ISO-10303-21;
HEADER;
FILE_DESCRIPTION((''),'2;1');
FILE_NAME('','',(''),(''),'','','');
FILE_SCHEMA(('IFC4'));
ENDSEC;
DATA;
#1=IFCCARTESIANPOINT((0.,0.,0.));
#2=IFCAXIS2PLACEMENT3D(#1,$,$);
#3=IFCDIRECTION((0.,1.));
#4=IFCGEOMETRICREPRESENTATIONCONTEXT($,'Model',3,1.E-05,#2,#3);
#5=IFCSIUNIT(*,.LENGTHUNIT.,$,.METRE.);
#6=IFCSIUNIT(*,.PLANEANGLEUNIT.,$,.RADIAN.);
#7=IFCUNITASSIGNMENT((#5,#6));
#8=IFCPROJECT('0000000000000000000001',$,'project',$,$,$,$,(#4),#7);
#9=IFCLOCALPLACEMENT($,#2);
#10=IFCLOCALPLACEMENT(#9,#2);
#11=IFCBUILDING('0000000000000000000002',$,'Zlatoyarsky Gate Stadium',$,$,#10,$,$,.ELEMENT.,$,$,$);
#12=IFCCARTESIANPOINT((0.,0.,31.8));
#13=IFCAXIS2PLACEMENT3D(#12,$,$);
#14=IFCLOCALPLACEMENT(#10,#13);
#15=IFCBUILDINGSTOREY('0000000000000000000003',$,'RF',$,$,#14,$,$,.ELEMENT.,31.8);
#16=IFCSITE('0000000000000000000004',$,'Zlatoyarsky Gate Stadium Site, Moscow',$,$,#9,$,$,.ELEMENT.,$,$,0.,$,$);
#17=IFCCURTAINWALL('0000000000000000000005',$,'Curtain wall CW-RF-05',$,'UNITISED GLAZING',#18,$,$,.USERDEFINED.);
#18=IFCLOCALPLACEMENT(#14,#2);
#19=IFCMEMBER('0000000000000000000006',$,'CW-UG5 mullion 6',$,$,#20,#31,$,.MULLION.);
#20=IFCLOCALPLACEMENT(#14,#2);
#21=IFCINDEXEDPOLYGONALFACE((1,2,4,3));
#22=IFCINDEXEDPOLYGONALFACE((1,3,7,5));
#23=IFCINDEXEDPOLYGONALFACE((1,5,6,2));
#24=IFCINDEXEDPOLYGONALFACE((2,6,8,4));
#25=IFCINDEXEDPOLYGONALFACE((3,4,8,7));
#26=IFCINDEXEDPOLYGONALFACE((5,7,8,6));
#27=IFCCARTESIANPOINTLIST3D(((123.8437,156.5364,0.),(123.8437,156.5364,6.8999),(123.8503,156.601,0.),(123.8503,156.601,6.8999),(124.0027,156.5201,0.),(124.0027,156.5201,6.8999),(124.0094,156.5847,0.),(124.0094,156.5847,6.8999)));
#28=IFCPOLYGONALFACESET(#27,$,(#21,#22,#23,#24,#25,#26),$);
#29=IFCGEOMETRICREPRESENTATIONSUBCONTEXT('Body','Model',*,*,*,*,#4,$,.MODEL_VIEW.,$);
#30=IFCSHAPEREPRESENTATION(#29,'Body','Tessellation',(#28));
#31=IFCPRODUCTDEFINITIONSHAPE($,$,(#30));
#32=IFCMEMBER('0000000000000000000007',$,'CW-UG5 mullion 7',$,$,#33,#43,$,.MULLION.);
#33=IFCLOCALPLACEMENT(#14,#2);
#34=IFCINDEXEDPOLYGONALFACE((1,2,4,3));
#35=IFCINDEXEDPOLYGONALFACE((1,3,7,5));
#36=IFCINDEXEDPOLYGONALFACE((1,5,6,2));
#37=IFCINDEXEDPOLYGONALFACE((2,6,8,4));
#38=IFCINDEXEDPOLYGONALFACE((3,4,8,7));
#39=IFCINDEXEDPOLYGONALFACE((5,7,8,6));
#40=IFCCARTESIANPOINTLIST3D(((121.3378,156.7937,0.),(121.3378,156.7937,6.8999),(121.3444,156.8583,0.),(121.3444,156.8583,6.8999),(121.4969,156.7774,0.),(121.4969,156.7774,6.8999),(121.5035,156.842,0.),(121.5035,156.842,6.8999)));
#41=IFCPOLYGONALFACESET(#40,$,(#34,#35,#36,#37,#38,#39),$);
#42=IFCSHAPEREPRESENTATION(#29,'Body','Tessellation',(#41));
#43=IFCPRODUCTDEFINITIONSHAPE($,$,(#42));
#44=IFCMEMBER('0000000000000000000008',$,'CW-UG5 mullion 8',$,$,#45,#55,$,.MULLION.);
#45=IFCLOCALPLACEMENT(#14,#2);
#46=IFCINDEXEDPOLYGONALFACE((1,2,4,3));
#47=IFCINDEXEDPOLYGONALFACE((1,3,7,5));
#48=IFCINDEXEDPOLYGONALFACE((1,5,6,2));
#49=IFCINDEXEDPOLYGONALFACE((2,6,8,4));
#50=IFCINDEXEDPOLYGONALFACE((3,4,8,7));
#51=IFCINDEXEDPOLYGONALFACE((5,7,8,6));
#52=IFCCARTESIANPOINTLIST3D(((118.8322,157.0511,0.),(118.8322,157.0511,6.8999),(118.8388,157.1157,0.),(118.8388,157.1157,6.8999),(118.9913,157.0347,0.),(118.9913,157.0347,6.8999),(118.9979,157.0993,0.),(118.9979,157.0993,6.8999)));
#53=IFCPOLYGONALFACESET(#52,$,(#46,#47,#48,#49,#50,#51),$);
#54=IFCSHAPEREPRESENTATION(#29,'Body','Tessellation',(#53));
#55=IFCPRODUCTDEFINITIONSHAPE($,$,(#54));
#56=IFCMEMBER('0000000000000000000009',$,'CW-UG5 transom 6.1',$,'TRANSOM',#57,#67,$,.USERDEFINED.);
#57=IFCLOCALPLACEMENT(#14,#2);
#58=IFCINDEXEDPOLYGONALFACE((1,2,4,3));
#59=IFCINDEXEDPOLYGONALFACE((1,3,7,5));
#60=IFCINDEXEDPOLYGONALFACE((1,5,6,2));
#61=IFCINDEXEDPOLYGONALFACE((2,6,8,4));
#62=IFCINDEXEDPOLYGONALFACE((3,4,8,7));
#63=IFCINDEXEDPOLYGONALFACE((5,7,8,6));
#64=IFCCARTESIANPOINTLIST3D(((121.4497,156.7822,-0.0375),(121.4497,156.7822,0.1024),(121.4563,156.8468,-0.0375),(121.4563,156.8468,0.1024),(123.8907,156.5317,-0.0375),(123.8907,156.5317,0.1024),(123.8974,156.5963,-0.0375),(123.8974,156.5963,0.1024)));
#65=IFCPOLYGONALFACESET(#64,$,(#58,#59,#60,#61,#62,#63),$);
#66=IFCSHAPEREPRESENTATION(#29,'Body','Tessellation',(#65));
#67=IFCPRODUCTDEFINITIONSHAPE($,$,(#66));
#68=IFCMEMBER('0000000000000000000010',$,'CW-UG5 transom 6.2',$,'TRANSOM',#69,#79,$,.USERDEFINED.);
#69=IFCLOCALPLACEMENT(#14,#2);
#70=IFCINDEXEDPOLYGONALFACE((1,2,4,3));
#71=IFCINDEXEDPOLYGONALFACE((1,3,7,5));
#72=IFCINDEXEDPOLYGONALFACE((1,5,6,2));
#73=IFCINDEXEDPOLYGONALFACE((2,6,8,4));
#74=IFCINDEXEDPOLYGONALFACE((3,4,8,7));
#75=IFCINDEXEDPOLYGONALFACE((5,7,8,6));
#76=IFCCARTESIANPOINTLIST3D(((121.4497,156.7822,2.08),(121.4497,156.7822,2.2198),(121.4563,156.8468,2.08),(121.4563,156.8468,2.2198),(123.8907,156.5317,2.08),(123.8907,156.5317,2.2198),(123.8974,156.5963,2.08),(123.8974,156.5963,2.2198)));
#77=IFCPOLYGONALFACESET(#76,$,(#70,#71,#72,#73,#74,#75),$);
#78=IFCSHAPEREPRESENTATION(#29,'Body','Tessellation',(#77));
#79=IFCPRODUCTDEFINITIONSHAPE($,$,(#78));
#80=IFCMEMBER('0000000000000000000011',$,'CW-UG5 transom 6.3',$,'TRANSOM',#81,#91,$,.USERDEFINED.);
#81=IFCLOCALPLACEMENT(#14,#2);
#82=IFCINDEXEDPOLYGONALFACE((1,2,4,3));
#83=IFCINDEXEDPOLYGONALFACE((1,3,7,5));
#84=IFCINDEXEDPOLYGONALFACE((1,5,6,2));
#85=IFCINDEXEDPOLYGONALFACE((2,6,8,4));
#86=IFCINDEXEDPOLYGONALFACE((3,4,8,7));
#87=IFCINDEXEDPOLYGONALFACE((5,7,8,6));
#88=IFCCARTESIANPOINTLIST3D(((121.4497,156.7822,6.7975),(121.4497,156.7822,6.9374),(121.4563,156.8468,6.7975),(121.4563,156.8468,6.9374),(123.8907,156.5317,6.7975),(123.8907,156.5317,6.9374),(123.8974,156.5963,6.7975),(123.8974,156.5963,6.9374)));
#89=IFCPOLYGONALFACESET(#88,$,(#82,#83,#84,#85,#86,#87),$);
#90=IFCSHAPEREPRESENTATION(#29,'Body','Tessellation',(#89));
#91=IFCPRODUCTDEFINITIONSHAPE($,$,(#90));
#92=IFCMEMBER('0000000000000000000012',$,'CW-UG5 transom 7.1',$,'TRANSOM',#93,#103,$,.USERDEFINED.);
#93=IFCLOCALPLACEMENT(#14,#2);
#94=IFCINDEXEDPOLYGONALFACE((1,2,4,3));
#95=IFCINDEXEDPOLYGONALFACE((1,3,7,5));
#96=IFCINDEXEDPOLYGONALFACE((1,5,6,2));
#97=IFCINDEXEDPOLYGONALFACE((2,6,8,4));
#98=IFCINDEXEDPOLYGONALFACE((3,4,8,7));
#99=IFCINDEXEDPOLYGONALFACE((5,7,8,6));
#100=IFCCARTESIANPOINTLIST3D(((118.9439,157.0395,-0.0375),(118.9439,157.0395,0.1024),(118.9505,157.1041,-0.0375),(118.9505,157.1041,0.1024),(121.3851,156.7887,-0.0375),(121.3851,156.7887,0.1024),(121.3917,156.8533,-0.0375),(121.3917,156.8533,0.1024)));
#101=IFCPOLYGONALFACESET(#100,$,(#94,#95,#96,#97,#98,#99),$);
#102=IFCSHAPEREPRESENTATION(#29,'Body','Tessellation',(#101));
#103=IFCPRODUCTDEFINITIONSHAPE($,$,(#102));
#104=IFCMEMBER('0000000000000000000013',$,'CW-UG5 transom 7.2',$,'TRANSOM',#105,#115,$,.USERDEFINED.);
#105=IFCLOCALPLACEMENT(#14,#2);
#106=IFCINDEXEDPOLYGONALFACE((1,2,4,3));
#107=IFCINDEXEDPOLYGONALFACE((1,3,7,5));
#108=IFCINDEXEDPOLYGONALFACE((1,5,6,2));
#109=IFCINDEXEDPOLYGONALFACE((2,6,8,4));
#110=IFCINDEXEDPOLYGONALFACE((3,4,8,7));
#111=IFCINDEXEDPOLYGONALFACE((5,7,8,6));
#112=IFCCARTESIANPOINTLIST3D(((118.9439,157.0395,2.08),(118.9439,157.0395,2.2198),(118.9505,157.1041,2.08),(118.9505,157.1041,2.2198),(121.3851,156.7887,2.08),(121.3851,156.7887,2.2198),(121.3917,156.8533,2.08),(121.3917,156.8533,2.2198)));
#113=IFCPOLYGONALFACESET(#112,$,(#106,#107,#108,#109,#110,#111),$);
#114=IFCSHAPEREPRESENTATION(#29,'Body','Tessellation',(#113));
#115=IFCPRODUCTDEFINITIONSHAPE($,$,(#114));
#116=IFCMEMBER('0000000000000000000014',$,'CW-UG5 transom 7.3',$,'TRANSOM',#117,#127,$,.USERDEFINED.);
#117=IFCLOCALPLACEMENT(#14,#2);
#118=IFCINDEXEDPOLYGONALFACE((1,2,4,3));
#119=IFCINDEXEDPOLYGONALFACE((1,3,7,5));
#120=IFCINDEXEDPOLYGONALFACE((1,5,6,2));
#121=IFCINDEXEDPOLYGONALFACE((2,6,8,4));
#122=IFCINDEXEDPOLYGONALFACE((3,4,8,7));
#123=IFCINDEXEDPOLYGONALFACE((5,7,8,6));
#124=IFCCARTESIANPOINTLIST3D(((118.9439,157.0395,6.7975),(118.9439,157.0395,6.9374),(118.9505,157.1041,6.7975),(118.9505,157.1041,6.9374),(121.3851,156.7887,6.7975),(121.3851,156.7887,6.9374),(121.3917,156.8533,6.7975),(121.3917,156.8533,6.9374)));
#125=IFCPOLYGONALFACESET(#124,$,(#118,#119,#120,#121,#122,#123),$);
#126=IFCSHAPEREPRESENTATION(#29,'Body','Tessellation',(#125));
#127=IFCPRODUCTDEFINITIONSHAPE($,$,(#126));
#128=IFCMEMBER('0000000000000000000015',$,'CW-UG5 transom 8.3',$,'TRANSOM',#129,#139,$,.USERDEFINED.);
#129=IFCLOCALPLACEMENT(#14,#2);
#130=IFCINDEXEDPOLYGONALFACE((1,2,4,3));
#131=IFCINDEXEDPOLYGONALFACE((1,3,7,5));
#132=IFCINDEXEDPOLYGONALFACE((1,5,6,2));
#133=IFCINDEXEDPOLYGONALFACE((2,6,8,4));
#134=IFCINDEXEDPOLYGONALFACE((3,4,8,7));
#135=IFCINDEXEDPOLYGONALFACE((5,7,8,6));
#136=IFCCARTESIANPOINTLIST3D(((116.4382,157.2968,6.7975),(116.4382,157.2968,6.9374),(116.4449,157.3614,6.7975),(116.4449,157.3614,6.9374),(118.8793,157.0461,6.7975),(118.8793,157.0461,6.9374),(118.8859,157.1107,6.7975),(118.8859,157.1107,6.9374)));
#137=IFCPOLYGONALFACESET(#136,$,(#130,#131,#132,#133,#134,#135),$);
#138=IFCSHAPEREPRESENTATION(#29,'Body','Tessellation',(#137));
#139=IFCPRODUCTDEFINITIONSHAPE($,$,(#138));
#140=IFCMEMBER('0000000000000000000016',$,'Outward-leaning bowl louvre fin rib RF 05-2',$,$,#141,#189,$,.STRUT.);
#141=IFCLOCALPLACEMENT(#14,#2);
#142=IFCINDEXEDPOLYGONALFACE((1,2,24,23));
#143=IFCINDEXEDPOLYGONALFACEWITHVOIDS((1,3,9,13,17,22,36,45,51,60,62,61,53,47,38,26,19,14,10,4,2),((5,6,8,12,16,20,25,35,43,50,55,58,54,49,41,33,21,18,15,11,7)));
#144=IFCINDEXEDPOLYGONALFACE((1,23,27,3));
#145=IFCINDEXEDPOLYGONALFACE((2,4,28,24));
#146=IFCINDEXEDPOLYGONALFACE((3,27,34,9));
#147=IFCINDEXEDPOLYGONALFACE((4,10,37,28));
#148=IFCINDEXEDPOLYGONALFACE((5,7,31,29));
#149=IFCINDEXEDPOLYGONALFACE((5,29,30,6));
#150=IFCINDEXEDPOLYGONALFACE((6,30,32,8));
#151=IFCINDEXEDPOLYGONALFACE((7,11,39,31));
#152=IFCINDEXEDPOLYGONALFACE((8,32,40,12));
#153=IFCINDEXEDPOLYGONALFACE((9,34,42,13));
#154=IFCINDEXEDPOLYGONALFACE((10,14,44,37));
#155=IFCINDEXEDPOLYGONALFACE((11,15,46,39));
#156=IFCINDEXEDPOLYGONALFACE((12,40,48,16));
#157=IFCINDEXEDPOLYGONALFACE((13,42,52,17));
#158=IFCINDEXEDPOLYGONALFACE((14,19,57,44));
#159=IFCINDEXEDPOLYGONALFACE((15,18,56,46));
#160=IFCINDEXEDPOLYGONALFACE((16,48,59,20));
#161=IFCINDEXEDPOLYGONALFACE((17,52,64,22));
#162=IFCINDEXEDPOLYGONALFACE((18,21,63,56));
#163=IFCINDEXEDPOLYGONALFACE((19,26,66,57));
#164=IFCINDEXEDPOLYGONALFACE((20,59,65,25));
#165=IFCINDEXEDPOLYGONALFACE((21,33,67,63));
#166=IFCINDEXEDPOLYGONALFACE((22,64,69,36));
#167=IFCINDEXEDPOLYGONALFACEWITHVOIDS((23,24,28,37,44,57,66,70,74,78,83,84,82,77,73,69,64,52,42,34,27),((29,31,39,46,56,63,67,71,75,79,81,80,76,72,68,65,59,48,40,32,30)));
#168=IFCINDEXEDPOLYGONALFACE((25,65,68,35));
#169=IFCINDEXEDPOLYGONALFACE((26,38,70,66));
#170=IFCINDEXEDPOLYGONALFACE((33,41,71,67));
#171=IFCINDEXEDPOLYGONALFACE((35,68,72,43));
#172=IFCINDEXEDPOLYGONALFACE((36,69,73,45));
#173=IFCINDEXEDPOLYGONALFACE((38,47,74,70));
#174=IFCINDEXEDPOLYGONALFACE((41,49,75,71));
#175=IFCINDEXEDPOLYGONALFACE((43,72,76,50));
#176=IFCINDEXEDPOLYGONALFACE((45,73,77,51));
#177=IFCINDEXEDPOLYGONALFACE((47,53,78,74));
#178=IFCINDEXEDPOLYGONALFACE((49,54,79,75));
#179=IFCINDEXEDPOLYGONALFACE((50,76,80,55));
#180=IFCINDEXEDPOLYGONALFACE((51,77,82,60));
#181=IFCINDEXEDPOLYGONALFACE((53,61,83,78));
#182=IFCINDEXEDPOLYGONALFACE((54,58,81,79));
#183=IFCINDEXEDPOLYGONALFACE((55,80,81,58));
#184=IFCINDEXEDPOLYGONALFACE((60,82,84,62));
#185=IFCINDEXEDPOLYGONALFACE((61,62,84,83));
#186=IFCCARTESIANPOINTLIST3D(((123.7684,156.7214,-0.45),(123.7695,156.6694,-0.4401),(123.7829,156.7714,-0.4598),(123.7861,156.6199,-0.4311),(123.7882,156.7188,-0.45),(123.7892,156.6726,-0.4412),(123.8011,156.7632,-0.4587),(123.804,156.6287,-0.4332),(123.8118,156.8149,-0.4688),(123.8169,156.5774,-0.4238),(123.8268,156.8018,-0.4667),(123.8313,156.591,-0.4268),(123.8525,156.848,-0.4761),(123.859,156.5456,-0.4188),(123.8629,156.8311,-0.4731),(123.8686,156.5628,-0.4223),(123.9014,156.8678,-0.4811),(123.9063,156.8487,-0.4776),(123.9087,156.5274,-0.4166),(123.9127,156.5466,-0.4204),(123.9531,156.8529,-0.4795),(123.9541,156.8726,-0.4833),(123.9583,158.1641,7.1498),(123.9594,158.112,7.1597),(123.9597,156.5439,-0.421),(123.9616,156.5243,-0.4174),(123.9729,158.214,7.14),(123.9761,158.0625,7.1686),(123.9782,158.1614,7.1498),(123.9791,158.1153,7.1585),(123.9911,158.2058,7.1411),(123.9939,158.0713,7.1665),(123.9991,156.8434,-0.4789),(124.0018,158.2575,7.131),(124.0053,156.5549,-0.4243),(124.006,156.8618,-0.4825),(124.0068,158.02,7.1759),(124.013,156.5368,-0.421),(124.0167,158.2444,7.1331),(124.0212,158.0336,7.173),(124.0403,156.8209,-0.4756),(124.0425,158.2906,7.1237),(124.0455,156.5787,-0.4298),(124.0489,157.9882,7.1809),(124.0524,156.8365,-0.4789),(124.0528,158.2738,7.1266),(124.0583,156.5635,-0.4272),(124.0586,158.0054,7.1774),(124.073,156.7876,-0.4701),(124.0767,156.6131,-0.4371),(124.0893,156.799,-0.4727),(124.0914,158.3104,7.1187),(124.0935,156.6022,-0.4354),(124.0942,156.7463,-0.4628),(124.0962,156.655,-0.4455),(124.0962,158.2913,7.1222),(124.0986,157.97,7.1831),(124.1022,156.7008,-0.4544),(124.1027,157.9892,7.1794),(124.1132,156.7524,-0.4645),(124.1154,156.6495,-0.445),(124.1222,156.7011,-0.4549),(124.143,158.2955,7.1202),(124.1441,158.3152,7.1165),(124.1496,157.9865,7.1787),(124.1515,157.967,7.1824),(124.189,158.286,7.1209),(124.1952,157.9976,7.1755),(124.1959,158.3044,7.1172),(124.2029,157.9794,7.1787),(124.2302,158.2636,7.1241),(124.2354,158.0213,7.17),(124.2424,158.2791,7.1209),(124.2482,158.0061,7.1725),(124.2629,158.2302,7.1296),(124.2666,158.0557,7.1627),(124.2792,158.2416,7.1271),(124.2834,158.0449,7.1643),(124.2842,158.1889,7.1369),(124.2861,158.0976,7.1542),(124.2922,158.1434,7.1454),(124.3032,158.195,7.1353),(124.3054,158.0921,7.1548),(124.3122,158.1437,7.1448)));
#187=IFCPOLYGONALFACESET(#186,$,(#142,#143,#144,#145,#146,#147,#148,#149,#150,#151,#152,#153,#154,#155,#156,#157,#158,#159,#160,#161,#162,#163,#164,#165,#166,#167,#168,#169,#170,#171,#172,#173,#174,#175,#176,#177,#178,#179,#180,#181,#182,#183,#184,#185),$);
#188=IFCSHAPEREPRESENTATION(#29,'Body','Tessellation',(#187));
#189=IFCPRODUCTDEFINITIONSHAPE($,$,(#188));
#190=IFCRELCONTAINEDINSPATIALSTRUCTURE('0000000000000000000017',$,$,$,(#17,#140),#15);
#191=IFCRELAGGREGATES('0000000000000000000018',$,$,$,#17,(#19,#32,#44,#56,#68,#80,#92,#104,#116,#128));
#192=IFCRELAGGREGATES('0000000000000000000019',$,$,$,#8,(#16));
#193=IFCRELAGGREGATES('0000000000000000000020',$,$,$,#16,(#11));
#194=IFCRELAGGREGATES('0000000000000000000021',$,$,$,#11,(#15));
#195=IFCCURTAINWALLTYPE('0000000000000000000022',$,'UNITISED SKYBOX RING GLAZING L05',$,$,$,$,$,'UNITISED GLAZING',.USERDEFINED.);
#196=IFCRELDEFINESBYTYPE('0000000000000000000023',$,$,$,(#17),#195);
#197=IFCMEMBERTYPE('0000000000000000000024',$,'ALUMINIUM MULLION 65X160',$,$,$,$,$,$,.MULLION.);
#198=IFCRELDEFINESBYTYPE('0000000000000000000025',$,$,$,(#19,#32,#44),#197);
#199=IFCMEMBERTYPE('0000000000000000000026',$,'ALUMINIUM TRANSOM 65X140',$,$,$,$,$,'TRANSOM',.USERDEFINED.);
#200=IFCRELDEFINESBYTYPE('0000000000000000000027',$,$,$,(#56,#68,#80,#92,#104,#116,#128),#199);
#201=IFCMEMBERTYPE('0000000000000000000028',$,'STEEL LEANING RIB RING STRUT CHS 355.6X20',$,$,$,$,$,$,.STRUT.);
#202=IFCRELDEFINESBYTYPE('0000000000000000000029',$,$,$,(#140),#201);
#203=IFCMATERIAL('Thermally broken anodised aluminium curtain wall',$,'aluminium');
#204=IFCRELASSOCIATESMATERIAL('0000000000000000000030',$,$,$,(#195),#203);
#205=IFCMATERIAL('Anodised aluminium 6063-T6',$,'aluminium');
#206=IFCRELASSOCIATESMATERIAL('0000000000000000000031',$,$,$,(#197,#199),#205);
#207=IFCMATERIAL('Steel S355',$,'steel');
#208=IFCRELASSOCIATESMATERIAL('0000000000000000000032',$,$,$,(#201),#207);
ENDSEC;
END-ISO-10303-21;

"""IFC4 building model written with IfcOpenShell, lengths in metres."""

from ifc_helpers import new_model, si_unit, direction, frame, origin, origin_2d, place, context, subcontext, project, spatial, rectangle, hollow_circle, extrude, material, material_profile, profile_set, type_object, element, aggregate, save


model = new_model("IFC4")

# Units and contexts
model_context = context("Model", 3, precision=1e-05, world=origin(), true_north=direction((0.0, 1.0)))
body_context = subcontext(model_context, "Body", "Model", "MODEL_VIEW")
ifc_project = project(units=[si_unit("LENGTHUNIT", "METRE"), si_unit("PLANEANGLEUNIT", "RADIAN")], contexts=[model_context])

# Site, building, storey
site_placement = place(None, origin())
site = spatial("IfcSite", under=ifc_project, at=site_placement, Name="Zlatoyarsky Gate Stadium Site, Moscow", CompositionType="ELEMENT", RefElevation=0.0)
building_placement = place(site_placement, origin())
building = spatial("IfcBuilding", under=site, at=building_placement, Name="Zlatoyarsky Gate Stadium", CompositionType="ELEMENT")
storey_placement = place(building_placement, frame((0.0, 0.0, 31.8)))
storey = spatial("IfcBuildingStorey", under=building, at=storey_placement, Name="RF", CompositionType="ELEMENT", Elevation=31.8)

# Curtain wall, members
ifc_material_1 = material(Name="Thermally broken anodised aluminium curtain wall", Category="aluminium")
curtain_wall_type = type_object("IfcCurtainWallType", Name="UNITISED SKYBOX RING GLAZING L05", ElementType="UNITISED GLAZING", PredefinedType="USERDEFINED", material=ifc_material_1)
curtain_wall_placement = place(storey_placement, origin())
curtain_wall = element("IfcCurtainWall", 1, at=curtain_wall_placement, inside=storey, type_object=curtain_wall_type, Name="Curtain wall CW-RF-05", ObjectType="UNITISED GLAZING", PredefinedType="USERDEFINED")
ifc_material_2 = material(Name="Anodised aluminium 6063-T6", Category="aluminium")
ifc_material_profile_1 = material_profile(ifc_material_2, rectangle(XDim=0.0649, YDim=0.1599, at=origin_2d()), Name="ALU 65X160")
ifc_profile_set_1 = profile_set([ifc_material_profile_1], Name="Anodised aluminium 6063-T6")
member_type_1 = type_object("IfcMemberType", Name="ALUMINIUM MULLION 65X160", PredefinedType="MULLION", material=ifc_profile_set_1)
member_1_placement = place(storey_placement, frame((123.9265, 156.5605, 0.0), z_axis=(0.0, 0.0, 1.0), x_axis=(-0.102125, -0.994772, 0.0)))
member_1 = element("IfcMember", 2, at=member_1_placement, type_object=member_type_1, Name="CW-UG5 mullion 6", PredefinedType="MULLION", context=body_context, shape_type="SweptSolid", body=[
    extrude(rectangle(XDim=0.0649, YDim=0.1599, at=origin_2d()), origin(), (0.0, 0.0, 1.0), 6.8999),
])
member_2_placement = place(storey_placement, frame((121.4207, 156.8179, 0.0), z_axis=(0.0, 0.0, 1.0), x_axis=(-0.102125, -0.994772, 0.0)))
member_2 = element("IfcMember", 3, at=member_2_placement, type_object=member_type_1, Name="CW-UG5 mullion 7", PredefinedType="MULLION", context=body_context, shape_type="SweptSolid", body=[
    extrude(rectangle(XDim=0.0649, YDim=0.1599, at=origin_2d()), origin(), (0.0, 0.0, 1.0), 6.8999),
])
member_3_placement = place(storey_placement, frame((118.915, 157.0752, 0.0), z_axis=(0.0, 0.0, 1.0), x_axis=(-0.102125, -0.994772, 0.0)))
member_3 = element("IfcMember", 4, at=member_3_placement, type_object=member_type_1, Name="CW-UG5 mullion 8", PredefinedType="MULLION", context=body_context, shape_type="SweptSolid", body=[
    extrude(rectangle(XDim=0.0649, YDim=0.1599, at=origin_2d()), origin(), (0.0, 0.0, 1.0), 6.8999),
])
ifc_material_profile_2 = material_profile(ifc_material_2, rectangle(XDim=0.0649, YDim=0.1399, at=origin_2d()), Name="ALU 65X140")
ifc_profile_set_2 = profile_set([ifc_material_profile_2], Name="Anodised aluminium 6063-T6")
member_type_2 = type_object("IfcMemberType", Name="ALUMINIUM TRANSOM 65X140", ElementType="TRANSOM", PredefinedType="USERDEFINED", material=ifc_profile_set_2)
member_4_placement = place(storey_placement, frame((123.894, 156.564, 0.0325), z_axis=(-0.994776, 0.102084, 0.0), x_axis=(-0.102084, -0.994776, 0.0)))
member_4 = element("IfcMember", 5, at=member_4_placement, type_object=member_type_2, Name="CW-UG5 transom 6.1", ObjectType="TRANSOM", PredefinedType="USERDEFINED", context=body_context, shape_type="SweptSolid", body=[
    extrude(rectangle(XDim=0.0649, YDim=0.1399, at=origin_2d()), origin(), (0.0, 0.0, 1.0), 2.4539),
])
member_5_placement = place(storey_placement, frame((123.894, 156.564, 2.1499), z_axis=(-0.994776, 0.102084, 0.0), x_axis=(-0.102084, -0.994776, 0.0)))
member_5 = element("IfcMember", 6, at=member_5_placement, type_object=member_type_2, Name="CW-UG5 transom 6.2", ObjectType="TRANSOM", PredefinedType="USERDEFINED", context=body_context, shape_type="SweptSolid", body=[
    extrude(rectangle(XDim=0.0649, YDim=0.1399, at=origin_2d()), origin(), (0.0, 0.0, 1.0), 2.4539),
])
member_6_placement = place(storey_placement, frame((123.894, 156.564, 6.8674), z_axis=(-0.994776, 0.102084, 0.0), x_axis=(-0.102084, -0.994776, 0.0)))
member_6 = element("IfcMember", 7, at=member_6_placement, type_object=member_type_2, Name="CW-UG5 transom 6.3", ObjectType="TRANSOM", PredefinedType="USERDEFINED", context=body_context, shape_type="SweptSolid", body=[
    extrude(rectangle(XDim=0.0649, YDim=0.1399, at=origin_2d()), origin(), (0.0, 0.0, 1.0), 2.4539),
])
member_7_placement = place(storey_placement, frame((121.3884, 156.821, 0.0325), z_axis=(-0.994767, 0.102173, 0.0), x_axis=(-0.102173, -0.994767, 0.0)))
member_7 = element("IfcMember", 8, at=member_7_placement, type_object=member_type_2, Name="CW-UG5 transom 7.1", ObjectType="TRANSOM", PredefinedType="USERDEFINED", context=body_context, shape_type="SweptSolid", body=[
    extrude(rectangle(XDim=0.0649, YDim=0.1399, at=origin_2d()), origin(), (0.0, 0.0, 1.0), 2.4541),
])
member_8_placement = place(storey_placement, frame((121.3884, 156.821, 2.1499), z_axis=(-0.994767, 0.102173, 0.0), x_axis=(-0.102173, -0.994767, 0.0)))
member_8 = element("IfcMember", 9, at=member_8_placement, type_object=member_type_2, Name="CW-UG5 transom 7.2", ObjectType="TRANSOM", PredefinedType="USERDEFINED", context=body_context, shape_type="SweptSolid", body=[
    extrude(rectangle(XDim=0.0649, YDim=0.1399, at=origin_2d()), origin(), (0.0, 0.0, 1.0), 2.4541),
])
member_9_placement = place(storey_placement, frame((121.3884, 156.821, 6.8674), z_axis=(-0.994767, 0.102173, 0.0), x_axis=(-0.102173, -0.994767, 0.0)))
member_9 = element("IfcMember", 10, at=member_9_placement, type_object=member_type_2, Name="CW-UG5 transom 7.3", ObjectType="TRANSOM", PredefinedType="USERDEFINED", context=body_context, shape_type="SweptSolid", body=[
    extrude(rectangle(XDim=0.0649, YDim=0.1399, at=origin_2d()), origin(), (0.0, 0.0, 1.0), 2.4541),
])
member_10_placement = place(storey_placement, frame((118.8826, 157.0784, 6.8674), z_axis=(-0.994766, 0.102183, 0.0), x_axis=(-0.102183, -0.994766, 0.0)))
member_10 = element("IfcMember", 11, at=member_10_placement, type_object=member_type_2, Name="CW-UG5 transom 8.3", ObjectType="TRANSOM", PredefinedType="USERDEFINED", context=body_context, shape_type="SweptSolid", body=[
    extrude(rectangle(XDim=0.0649, YDim=0.1399, at=origin_2d()), origin(), (0.0, 0.0, 1.0), 2.4539),
])

# Member
ifc_material_3 = material(Name="Steel S355", Category="steel")
ifc_material_profile_3 = material_profile(ifc_material_3, hollow_circle(Radius=0.1777, WallThickness=0.02, at=origin_2d()), Name="CHS 355.6X20")
ifc_profile_set_3 = profile_set([ifc_material_profile_3], Name="Steel S355")
member_type_3 = type_object("IfcMemberType", Name="STEEL LEANING RIB RING STRUT CHS 355.6X20", PredefinedType="STRUT", material=ifc_profile_set_3)
member_11_placement = place(storey_placement, frame((123.9446, 156.6982, -0.45), z_axis=(0.024547, 0.186437, 0.98216), x_axis=(-0.991443, 0.130537, 0.0)))
element("IfcMember", 12, at=member_11_placement, inside=storey, type_object=member_type_3, Name="Outward-leaning bowl louvre fin rib RF 05-2", PredefinedType="STRUT", context=body_context, shape_type="SweptSolid", body=[
    extrude(hollow_circle(Radius=0.1777, WallThickness=0.02, at=origin_2d()), origin(), (0.0, 0.0, 1.0), 7.7378),
])

aggregate(curtain_wall, [member_1, member_2, member_3, member_4, member_5, member_6, member_7, member_8, member_9, member_10])

save(model, "model.ifc")
